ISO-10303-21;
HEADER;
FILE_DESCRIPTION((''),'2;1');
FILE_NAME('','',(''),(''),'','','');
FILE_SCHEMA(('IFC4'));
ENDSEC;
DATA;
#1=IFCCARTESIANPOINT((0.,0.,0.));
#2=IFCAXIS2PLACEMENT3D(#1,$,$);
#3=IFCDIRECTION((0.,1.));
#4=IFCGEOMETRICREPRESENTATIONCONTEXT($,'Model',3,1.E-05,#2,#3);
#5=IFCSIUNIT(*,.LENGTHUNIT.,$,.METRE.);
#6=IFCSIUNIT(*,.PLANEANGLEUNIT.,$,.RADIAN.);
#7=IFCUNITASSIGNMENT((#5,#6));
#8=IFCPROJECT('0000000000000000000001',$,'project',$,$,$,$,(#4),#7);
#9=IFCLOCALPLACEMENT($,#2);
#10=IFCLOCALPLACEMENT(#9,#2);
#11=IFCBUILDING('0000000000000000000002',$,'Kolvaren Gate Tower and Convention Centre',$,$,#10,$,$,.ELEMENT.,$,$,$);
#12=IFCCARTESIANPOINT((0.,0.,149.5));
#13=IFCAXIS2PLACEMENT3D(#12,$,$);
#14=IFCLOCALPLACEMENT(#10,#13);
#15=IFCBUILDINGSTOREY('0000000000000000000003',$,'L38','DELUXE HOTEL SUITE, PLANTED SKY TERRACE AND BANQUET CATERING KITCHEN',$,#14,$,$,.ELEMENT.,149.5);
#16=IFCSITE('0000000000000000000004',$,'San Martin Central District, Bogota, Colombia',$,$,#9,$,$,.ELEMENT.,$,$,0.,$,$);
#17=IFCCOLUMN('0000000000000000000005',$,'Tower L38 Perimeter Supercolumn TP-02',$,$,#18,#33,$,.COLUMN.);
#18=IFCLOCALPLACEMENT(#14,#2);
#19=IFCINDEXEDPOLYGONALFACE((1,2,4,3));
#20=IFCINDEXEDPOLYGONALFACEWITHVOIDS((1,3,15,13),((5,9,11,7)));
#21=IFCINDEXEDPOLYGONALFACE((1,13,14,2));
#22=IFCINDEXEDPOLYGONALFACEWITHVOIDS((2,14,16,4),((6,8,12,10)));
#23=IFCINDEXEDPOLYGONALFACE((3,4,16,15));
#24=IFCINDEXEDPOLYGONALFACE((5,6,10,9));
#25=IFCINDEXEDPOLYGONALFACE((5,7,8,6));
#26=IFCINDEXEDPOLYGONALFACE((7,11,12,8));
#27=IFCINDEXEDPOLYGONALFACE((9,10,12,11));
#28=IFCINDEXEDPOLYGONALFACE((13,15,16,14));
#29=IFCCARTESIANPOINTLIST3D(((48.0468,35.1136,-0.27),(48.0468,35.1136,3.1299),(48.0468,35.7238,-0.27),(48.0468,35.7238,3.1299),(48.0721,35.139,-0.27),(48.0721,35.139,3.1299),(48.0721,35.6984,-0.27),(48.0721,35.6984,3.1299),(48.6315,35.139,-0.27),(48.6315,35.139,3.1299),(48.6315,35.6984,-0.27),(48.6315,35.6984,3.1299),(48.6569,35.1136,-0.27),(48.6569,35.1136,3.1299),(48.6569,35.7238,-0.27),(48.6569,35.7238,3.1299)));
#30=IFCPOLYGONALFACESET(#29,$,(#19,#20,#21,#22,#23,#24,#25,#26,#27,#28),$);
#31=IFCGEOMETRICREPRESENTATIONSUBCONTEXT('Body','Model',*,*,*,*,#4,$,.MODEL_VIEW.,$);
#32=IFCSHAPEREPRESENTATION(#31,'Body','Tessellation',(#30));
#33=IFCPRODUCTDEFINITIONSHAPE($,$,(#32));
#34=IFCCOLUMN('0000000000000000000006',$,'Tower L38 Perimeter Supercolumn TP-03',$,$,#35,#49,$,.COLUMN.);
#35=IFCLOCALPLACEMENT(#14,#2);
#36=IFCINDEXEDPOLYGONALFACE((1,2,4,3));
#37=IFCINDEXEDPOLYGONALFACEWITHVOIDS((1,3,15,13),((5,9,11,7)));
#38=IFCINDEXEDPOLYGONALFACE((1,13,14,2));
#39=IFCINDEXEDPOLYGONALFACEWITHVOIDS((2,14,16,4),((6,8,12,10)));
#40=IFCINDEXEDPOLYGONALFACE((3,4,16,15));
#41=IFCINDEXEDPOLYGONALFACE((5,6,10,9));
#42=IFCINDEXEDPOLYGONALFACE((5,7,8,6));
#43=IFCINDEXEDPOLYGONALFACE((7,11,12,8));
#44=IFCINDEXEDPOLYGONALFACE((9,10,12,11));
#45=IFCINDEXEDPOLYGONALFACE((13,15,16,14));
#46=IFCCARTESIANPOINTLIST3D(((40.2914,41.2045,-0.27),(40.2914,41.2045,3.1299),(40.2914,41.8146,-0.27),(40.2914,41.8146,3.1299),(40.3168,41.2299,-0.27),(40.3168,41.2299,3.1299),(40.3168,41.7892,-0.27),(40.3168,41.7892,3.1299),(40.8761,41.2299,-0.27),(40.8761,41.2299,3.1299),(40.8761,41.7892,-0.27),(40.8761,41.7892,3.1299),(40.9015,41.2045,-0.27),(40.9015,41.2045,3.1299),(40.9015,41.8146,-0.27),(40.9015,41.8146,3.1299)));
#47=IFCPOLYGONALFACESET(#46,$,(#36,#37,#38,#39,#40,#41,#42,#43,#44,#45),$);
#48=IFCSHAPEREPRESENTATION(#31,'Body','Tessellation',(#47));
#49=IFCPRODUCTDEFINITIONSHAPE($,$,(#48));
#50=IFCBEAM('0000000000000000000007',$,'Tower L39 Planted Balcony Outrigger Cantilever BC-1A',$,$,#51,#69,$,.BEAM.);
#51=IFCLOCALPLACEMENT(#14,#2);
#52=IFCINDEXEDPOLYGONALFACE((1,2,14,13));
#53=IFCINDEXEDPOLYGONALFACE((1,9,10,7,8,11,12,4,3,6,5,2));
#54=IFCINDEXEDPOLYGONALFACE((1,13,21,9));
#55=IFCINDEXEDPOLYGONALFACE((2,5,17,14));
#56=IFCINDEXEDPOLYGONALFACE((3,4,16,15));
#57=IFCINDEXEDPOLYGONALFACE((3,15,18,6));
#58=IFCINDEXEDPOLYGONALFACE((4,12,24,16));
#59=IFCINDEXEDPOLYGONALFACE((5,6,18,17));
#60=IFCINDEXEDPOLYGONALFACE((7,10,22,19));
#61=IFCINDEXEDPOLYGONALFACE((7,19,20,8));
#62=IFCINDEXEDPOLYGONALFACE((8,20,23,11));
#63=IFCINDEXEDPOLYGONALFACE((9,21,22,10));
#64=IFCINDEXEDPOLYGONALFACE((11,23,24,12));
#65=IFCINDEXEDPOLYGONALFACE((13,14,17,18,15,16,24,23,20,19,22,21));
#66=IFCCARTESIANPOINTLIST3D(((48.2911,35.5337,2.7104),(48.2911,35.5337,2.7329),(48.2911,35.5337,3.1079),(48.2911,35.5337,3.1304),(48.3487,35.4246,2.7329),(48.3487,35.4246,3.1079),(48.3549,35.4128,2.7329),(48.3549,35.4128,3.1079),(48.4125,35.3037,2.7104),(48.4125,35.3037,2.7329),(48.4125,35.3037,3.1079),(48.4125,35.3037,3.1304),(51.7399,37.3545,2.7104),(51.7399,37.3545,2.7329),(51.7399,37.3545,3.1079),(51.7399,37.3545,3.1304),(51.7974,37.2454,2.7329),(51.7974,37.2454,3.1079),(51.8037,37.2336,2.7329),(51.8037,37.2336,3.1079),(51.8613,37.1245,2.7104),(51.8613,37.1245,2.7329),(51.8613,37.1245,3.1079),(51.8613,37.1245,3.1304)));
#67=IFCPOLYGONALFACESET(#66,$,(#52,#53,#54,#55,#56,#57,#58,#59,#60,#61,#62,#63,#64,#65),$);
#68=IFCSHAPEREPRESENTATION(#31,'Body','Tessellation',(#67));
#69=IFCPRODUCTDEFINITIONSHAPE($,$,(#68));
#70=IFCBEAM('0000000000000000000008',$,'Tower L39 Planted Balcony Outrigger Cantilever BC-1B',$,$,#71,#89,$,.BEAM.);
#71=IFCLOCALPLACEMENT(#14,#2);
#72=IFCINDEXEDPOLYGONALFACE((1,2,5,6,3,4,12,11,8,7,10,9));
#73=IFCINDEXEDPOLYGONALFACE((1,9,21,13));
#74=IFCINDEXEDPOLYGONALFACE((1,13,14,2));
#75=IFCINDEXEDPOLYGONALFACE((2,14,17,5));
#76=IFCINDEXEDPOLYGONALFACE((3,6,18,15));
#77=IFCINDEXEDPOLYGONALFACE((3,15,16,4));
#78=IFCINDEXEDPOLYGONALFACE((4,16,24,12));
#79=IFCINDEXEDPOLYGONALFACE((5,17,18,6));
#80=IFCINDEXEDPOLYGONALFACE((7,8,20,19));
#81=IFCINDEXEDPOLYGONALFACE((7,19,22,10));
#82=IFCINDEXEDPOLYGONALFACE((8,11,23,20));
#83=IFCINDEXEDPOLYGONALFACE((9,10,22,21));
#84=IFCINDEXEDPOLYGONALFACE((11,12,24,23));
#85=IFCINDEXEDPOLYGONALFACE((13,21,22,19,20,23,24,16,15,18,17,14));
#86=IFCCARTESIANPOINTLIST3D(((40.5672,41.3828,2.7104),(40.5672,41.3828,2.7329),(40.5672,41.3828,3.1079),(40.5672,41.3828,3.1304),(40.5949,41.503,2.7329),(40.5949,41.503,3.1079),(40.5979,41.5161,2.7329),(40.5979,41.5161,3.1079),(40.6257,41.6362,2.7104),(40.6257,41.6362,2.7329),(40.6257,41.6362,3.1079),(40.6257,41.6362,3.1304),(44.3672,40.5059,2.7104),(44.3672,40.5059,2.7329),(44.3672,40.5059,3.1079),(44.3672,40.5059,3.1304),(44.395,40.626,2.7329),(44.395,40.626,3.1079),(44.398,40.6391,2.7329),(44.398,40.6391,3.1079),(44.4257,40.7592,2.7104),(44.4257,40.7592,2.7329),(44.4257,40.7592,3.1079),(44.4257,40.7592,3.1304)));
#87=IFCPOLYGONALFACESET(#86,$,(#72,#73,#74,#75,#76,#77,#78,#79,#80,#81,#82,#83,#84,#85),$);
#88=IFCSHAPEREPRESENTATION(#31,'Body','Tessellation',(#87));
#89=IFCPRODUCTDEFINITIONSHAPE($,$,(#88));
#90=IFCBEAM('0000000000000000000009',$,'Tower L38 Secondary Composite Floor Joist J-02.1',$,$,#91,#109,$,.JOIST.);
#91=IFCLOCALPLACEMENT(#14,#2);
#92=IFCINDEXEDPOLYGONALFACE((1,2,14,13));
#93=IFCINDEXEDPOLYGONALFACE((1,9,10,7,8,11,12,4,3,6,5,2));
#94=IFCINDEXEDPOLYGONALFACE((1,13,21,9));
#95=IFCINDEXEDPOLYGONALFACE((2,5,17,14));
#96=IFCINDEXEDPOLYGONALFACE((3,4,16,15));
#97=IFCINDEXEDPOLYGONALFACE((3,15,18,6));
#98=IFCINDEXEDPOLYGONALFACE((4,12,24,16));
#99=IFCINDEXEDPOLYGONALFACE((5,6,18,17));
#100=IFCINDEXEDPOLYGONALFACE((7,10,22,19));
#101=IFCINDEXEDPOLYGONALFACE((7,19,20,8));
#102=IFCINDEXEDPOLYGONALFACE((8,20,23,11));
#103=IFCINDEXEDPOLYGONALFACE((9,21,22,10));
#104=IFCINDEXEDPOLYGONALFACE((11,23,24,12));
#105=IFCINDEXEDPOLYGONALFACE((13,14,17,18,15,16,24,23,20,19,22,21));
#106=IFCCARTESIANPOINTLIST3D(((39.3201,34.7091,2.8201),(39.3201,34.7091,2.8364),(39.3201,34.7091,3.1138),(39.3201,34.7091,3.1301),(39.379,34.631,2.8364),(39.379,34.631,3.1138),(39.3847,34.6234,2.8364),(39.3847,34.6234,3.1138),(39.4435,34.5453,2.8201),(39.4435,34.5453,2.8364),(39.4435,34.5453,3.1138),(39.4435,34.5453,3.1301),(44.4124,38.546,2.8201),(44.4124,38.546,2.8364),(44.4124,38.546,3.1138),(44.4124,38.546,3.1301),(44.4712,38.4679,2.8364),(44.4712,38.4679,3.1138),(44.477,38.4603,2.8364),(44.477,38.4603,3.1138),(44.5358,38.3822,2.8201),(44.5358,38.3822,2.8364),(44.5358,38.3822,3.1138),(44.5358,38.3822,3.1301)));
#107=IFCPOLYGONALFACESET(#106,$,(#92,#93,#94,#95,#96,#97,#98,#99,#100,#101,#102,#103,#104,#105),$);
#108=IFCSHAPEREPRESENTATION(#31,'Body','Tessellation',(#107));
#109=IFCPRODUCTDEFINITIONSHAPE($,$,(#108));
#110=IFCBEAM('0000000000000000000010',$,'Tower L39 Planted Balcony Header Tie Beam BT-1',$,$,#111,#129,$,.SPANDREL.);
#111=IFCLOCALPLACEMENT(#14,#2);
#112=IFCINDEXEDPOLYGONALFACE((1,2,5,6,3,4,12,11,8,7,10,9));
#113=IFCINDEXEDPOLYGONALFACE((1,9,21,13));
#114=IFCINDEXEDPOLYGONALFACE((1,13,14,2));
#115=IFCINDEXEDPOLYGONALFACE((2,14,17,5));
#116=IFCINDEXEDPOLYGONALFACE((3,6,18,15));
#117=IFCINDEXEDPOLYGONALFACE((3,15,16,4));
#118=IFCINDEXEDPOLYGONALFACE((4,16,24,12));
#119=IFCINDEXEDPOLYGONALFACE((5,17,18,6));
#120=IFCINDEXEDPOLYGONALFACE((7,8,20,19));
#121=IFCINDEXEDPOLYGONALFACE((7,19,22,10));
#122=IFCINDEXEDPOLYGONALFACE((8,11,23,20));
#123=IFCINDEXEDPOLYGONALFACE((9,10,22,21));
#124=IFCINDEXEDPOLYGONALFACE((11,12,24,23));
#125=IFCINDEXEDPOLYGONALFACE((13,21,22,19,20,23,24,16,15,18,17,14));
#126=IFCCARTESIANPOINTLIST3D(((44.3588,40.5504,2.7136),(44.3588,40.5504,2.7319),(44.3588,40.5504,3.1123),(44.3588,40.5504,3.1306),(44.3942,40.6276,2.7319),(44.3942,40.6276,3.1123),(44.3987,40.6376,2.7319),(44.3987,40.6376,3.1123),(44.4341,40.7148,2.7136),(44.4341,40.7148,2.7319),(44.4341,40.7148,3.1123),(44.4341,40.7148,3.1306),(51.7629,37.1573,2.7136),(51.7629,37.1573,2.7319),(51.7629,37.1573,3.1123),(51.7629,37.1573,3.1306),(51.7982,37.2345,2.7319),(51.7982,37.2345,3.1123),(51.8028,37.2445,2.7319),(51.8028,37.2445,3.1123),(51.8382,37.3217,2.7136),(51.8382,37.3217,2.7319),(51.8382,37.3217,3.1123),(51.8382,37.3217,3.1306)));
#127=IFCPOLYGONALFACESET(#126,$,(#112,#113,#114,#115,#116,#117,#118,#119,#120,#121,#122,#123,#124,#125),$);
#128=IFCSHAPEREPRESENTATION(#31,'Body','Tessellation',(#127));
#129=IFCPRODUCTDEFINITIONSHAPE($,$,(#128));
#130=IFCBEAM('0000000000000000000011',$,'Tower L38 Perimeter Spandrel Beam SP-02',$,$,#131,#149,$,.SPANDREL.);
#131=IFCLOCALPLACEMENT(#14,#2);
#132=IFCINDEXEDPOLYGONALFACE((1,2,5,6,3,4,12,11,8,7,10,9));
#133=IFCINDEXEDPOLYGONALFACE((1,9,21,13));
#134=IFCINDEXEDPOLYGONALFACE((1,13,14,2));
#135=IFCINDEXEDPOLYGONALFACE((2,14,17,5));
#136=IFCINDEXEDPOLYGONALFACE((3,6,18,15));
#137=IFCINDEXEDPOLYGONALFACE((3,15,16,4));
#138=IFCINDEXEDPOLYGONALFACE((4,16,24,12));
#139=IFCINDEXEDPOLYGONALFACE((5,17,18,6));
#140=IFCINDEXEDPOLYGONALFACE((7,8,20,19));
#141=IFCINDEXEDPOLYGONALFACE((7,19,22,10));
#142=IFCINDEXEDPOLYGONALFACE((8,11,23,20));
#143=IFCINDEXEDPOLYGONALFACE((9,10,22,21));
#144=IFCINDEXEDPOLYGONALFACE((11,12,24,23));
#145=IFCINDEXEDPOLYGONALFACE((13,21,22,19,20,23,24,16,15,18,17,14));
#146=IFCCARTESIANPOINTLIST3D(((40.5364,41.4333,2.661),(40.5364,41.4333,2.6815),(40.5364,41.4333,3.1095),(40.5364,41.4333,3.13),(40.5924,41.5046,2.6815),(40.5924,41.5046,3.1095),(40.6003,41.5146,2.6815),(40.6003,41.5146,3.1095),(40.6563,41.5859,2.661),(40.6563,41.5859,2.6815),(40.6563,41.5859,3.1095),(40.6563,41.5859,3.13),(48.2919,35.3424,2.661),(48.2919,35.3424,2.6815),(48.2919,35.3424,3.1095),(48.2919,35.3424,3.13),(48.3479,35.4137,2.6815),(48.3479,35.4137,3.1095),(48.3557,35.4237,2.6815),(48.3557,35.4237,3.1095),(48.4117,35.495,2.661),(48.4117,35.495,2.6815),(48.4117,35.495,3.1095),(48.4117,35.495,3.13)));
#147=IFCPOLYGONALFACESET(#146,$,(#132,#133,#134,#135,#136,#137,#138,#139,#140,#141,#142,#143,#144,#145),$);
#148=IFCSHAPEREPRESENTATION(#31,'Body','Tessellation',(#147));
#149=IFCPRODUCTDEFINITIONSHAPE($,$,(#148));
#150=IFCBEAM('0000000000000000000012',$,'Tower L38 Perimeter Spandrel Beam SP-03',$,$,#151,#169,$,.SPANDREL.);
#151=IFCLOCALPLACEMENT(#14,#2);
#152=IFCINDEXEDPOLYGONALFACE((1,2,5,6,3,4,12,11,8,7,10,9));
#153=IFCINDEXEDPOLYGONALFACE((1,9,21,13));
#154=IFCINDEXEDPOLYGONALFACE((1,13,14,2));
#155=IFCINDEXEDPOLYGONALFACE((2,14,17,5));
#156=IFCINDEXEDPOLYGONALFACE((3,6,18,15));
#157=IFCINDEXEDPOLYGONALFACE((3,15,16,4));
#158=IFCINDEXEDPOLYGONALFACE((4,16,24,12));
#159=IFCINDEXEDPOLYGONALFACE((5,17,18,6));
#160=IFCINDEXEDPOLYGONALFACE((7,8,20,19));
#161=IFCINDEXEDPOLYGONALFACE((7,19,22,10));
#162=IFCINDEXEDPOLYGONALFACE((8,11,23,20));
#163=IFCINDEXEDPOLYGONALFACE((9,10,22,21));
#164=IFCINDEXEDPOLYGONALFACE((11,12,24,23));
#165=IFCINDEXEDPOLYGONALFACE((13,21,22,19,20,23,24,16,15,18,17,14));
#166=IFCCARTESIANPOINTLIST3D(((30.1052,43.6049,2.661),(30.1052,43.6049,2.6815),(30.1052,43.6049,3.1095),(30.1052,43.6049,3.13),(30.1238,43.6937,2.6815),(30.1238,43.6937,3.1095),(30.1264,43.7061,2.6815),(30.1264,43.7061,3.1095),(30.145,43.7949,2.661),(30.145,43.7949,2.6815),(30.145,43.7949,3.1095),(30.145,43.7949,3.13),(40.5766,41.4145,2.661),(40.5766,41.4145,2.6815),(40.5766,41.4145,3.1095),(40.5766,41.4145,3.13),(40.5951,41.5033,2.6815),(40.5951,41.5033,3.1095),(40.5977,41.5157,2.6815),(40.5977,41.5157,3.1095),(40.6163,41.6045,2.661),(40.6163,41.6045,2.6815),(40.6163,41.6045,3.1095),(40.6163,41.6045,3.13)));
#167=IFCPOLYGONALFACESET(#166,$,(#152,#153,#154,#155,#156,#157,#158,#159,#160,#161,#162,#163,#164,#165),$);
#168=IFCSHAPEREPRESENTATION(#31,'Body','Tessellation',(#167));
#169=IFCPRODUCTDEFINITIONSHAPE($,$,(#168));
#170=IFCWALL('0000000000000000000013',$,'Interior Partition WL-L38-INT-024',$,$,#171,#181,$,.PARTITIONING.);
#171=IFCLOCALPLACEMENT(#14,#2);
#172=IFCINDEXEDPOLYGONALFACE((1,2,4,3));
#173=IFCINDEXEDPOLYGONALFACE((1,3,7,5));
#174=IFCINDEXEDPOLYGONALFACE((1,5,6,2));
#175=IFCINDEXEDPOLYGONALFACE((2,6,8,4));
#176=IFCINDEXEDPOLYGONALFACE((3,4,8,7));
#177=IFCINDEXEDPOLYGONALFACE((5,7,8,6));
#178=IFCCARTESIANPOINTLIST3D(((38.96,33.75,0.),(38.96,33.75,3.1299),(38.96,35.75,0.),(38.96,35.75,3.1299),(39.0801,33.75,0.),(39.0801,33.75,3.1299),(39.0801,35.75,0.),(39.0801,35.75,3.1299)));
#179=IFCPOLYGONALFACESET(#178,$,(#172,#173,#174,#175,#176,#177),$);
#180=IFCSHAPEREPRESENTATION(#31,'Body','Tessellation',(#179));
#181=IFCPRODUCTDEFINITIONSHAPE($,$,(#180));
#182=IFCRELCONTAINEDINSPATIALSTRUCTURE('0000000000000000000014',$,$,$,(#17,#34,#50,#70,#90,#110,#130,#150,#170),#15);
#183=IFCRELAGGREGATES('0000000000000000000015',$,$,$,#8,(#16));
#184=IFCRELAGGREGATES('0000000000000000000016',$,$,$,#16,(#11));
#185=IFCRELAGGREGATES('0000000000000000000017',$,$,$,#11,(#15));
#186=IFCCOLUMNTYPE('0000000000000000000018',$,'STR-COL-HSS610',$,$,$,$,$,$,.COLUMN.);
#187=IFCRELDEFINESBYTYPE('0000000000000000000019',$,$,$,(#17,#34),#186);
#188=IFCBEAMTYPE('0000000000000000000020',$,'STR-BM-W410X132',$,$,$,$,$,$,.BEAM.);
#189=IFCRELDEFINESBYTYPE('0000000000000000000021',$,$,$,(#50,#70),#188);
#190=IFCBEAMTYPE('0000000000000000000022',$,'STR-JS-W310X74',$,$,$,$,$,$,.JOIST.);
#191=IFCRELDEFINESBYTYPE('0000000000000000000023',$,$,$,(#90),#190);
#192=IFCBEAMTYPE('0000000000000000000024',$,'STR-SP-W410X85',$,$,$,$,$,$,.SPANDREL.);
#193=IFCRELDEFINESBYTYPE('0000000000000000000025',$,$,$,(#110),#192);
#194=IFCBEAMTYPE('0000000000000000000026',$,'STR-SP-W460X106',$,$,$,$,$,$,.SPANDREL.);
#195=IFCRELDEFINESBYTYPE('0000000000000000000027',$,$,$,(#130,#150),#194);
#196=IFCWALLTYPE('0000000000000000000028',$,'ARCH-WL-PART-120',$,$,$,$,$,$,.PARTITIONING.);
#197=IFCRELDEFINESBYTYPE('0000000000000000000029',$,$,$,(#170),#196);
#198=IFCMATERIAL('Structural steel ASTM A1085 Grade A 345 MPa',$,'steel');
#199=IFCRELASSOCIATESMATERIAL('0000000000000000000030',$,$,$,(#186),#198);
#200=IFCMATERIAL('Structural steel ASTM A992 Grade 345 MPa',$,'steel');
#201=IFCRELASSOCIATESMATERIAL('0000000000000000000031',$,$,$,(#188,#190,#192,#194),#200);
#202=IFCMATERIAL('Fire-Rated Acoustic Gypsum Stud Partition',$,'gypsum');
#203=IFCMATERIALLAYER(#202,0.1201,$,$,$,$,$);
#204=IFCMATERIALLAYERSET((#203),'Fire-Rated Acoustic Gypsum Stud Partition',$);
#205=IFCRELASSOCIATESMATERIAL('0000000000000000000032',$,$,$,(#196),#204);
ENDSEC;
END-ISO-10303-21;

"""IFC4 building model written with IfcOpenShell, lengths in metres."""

from ifc_helpers import new_model, si_unit, direction, frame, frame_2d, origin, origin_2d, place, context, subcontext, project, spatial, rectangle, hollow_rectangle, i_section, extrude, material, layer, layer_set, material_profile, profile_set, type_object, element, save


model = new_model("IFC4")

# Units and contexts
model_context = context("Model", 3, precision=1e-05, world=origin(), true_north=direction((0.0, 1.0)))
body_context = subcontext(model_context, "Body", "Model", "MODEL_VIEW")
ifc_project = project(units=[si_unit("LENGTHUNIT", "METRE"), si_unit("PLANEANGLEUNIT", "RADIAN")], contexts=[model_context])

# Site, building, storey
site_placement = place(None, origin())
site = spatial("IfcSite", under=ifc_project, at=site_placement, Name="San Martin Central District, Bogota, Colombia", CompositionType="ELEMENT", RefElevation=0.0)
building_placement = place(site_placement, origin())
building = spatial("IfcBuilding", under=site, at=building_placement, Name="Kolvaren Gate Tower and Convention Centre", CompositionType="ELEMENT")
storey_placement = place(building_placement, frame((0.0, 0.0, 149.5)))
storey = spatial("IfcBuildingStorey", under=building, at=storey_placement, Name="L38", Description="DELUXE HOTEL SUITE, PLANTED SKY TERRACE AND BANQUET CATERING KITCHEN", CompositionType="ELEMENT", Elevation=149.5)

# Columns
ifc_material_1 = material(Name="Structural steel ASTM A1085 Grade A 345 MPa", Category="steel")
ifc_material_profile_1 = material_profile(ifc_material_1, hollow_rectangle(XDim=0.6101, YDim=0.6101, WallThickness=0.0254, at=origin_2d()), Name="HSS610X610X25.4")
ifc_profile_set_1 = profile_set([ifc_material_profile_1], Name="Structural steel ASTM A1085 Grade A 345 MPa")
column_type = type_object("IfcColumnType", Name="STR-COL-HSS610", PredefinedType="COLUMN", material=ifc_profile_set_1)
for number, where, z_axis, x_axis, name in (
    (1, (48.3518, 35.4187, -0.27), (0.0, 0.0, 1.0), (1.0, 0.0, 0.0), "Tower L38 Perimeter Supercolumn TP-02"),
    (2, (40.5964, 41.5095, -0.27), (0.0, 0.0, 1.0), (1.0, 0.0, 0.0), "Tower L38 Perimeter Supercolumn TP-03"),
):
    element("IfcColumn", number, at=place(storey_placement, frame(where, z_axis=z_axis, x_axis=x_axis)), inside=storey, type_object=column_type, Name=name, PredefinedType="COLUMN", context=body_context, shape_type="SweptSolid", body=[
        extrude(hollow_rectangle(XDim=0.6101, YDim=0.6101, WallThickness=0.0254, at=origin_2d()), origin(), (0.0, 0.0, 1.0), 3.3999),
    ])

# Beams
ifc_material_2 = material(Name="Structural steel ASTM A992 Grade 345 MPa", Category="steel")
ifc_material_profile_2 = material_profile(ifc_material_2, i_section(OverallWidth=0.26, OverallDepth=0.4199, WebThickness=0.0134, FlangeThickness=0.0225, at=origin_2d()), Name="W410X132")
ifc_profile_set_2 = profile_set([ifc_material_profile_2], Name="Structural steel ASTM A992 Grade 345 MPa")
beam_type_1 = type_object("IfcBeamType", Name="STR-BM-W410X132", PredefinedType="BEAM", material=ifc_profile_set_2)
for number, where, z_axis, x_axis, name in (
    (3, (48.3518, 35.4187, 2.9204), (0.884317, 0.466886, 0.0), (-0.466886, 0.884317, 0.0), "Tower L39 Planted Balcony Outrigger Cantilever BC-1A"),
    (4, (40.5964, 41.5095, 2.9204), (0.97439, -0.224864, 0.0), (0.224864, 0.97439, 0.0), "Tower L39 Planted Balcony Outrigger Cantilever BC-1B"),
):
    element("IfcBeam", number, at=place(storey_placement, frame(where, z_axis=z_axis, x_axis=x_axis)), inside=storey, type_object=beam_type_1, Name=name, PredefinedType="BEAM", context=body_context, shape_type="SweptSolid", body=[
        extrude(i_section(OverallWidth=0.26, OverallDepth=0.4199, WebThickness=0.0134, FlangeThickness=0.0225, at=origin_2d()), origin(), (0.0, 0.0, 1.0), 3.8999),
    ])
ifc_material_profile_3 = material_profile(ifc_material_2, i_section(OverallWidth=0.2051, OverallDepth=0.3101, WebThickness=0.0095, FlangeThickness=0.0164, at=origin_2d()), Name="W310X74")
ifc_profile_set_3 = profile_set([ifc_material_profile_3], Name="Structural steel ASTM A992 Grade 345 MPa")
beam_type_2 = type_object("IfcBeamType", Name="STR-JS-W310X74", PredefinedType="JOIST", material=ifc_profile_set_3)
beam_1_placement = place(storey_placement, frame((39.3818, 34.6272, 2.9751), z_axis=(0.798666, 0.601775, 0.0), x_axis=(-0.601775, 0.798666, 0.0)))
element("IfcBeam", 5, at=beam_1_placement, inside=storey, type_object=beam_type_2, Name="Tower L38 Secondary Composite Floor Joist J-02.1", PredefinedType="JOIST", context=body_context, shape_type="SweptSolid", body=[
    extrude(i_section(OverallWidth=0.2051, OverallDepth=0.3101, WebThickness=0.0095, FlangeThickness=0.0164, at=origin_2d()), origin(), (0.0, 0.0, 1.0), 6.376),
])
ifc_material_profile_4 = material_profile(ifc_material_2, i_section(OverallWidth=0.1809, OverallDepth=0.417, WebThickness=0.011, FlangeThickness=0.0183, at=origin_2d()), Name="W410X85")
ifc_profile_set_4 = profile_set([ifc_material_profile_4], Name="Structural steel ASTM A992 Grade 345 MPa")
beam_type_3 = type_object("IfcBeamType", Name="STR-SP-W410X85", PredefinedType="SPANDREL", material=ifc_profile_set_4)
beam_2_placement = place(storey_placement, frame((51.8005, 37.2395, 2.9221), z_axis=(-0.909086, 0.416608, 0.0), x_axis=(-0.416608, -0.909086, 0.0)))
element("IfcBeam", 6, at=beam_2_placement, inside=storey, type_object=beam_type_3, Name="Tower L39 Planted Balcony Header Tie Beam BT-1", PredefinedType="SPANDREL", context=body_context, shape_type="SweptSolid", body=[
    extrude(i_section(OverallWidth=0.1809, OverallDepth=0.417, WebThickness=0.011, FlangeThickness=0.0183, at=origin_2d()), origin(), (0.0, 0.0, 1.0), 8.1445),
])
ifc_material_profile_5 = material_profile(ifc_material_2, i_section(OverallWidth=0.1941, OverallDepth=0.469, WebThickness=0.0127, FlangeThickness=0.0205, at=origin_2d()), Name="W460X106")
ifc_profile_set_5 = profile_set([ifc_material_profile_5], Name="Structural steel ASTM A992 Grade 345 MPa")
beam_type_4 = type_object("IfcBeamType", Name="STR-SP-W460X106", PredefinedType="SPANDREL", material=ifc_profile_set_5)
beam_3_placement = place(storey_placement, frame((48.3518, 35.4187, 2.8955), z_axis=(-0.786451, 0.617653, 0.0), x_axis=(-0.617653, -0.786451, 0.0)))
element("IfcBeam", 7, at=beam_3_placement, inside=storey, type_object=beam_type_4, Name="Tower L38 Perimeter Spandrel Beam SP-02", PredefinedType="SPANDREL", context=body_context, shape_type="SweptSolid", body=[
    extrude(i_section(OverallWidth=0.1941, OverallDepth=0.469, WebThickness=0.0127, FlangeThickness=0.0205, at=origin_2d()), origin(), (0.0, 0.0, 1.0), 9.8613),
])
beam_4_placement = place(storey_placement, frame((40.5964, 41.5095, 2.8955), z_axis=(-0.978814, 0.20475, 0.0), x_axis=(-0.20475, -0.978814, 0.0)))
element("IfcBeam", 8, at=beam_4_placement, inside=storey, type_object=beam_type_4, Name="Tower L38 Perimeter Spandrel Beam SP-03", PredefinedType="SPANDREL", context=body_context, shape_type="SweptSolid", body=[
    extrude(i_section(OverallWidth=0.1941, OverallDepth=0.469, WebThickness=0.0127, FlangeThickness=0.0205, at=origin_2d()), origin(), (0.0, 0.0, 1.0), 10.698),
])

# Wall
ifc_material_3 = material(Name="Fire-Rated Acoustic Gypsum Stud Partition", Category="gypsum")
ifc_layer_1 = layer(ifc_material_3, 0.1201)
ifc_layer_set_1 = layer_set([ifc_layer_1], Name="Fire-Rated Acoustic Gypsum Stud Partition")
wall_type_1 = type_object("IfcWallType", Name="ARCH-WL-PART-120", PredefinedType="PARTITIONING", material=ifc_layer_set_1)
wall_1_placement = place(storey_placement, frame((39.02, 33.75, 0.0), z_axis=(0.0, 0.0, 1.0), x_axis=(0.0, 1.0, 0.0)))
element("IfcWall", 9, at=wall_1_placement, inside=storey, type_object=wall_type_1, Name="Interior Partition WL-L38-INT-024", PredefinedType="PARTITIONING", context=body_context, shape_type="SweptSolid", body=[
    extrude(rectangle(XDim=2.0, YDim=0.1201, at=frame_2d((1.0, 0.0))), origin(), (0.0, 0.0, 1.0), 3.1299),
])

save(model, "model.ifc")
